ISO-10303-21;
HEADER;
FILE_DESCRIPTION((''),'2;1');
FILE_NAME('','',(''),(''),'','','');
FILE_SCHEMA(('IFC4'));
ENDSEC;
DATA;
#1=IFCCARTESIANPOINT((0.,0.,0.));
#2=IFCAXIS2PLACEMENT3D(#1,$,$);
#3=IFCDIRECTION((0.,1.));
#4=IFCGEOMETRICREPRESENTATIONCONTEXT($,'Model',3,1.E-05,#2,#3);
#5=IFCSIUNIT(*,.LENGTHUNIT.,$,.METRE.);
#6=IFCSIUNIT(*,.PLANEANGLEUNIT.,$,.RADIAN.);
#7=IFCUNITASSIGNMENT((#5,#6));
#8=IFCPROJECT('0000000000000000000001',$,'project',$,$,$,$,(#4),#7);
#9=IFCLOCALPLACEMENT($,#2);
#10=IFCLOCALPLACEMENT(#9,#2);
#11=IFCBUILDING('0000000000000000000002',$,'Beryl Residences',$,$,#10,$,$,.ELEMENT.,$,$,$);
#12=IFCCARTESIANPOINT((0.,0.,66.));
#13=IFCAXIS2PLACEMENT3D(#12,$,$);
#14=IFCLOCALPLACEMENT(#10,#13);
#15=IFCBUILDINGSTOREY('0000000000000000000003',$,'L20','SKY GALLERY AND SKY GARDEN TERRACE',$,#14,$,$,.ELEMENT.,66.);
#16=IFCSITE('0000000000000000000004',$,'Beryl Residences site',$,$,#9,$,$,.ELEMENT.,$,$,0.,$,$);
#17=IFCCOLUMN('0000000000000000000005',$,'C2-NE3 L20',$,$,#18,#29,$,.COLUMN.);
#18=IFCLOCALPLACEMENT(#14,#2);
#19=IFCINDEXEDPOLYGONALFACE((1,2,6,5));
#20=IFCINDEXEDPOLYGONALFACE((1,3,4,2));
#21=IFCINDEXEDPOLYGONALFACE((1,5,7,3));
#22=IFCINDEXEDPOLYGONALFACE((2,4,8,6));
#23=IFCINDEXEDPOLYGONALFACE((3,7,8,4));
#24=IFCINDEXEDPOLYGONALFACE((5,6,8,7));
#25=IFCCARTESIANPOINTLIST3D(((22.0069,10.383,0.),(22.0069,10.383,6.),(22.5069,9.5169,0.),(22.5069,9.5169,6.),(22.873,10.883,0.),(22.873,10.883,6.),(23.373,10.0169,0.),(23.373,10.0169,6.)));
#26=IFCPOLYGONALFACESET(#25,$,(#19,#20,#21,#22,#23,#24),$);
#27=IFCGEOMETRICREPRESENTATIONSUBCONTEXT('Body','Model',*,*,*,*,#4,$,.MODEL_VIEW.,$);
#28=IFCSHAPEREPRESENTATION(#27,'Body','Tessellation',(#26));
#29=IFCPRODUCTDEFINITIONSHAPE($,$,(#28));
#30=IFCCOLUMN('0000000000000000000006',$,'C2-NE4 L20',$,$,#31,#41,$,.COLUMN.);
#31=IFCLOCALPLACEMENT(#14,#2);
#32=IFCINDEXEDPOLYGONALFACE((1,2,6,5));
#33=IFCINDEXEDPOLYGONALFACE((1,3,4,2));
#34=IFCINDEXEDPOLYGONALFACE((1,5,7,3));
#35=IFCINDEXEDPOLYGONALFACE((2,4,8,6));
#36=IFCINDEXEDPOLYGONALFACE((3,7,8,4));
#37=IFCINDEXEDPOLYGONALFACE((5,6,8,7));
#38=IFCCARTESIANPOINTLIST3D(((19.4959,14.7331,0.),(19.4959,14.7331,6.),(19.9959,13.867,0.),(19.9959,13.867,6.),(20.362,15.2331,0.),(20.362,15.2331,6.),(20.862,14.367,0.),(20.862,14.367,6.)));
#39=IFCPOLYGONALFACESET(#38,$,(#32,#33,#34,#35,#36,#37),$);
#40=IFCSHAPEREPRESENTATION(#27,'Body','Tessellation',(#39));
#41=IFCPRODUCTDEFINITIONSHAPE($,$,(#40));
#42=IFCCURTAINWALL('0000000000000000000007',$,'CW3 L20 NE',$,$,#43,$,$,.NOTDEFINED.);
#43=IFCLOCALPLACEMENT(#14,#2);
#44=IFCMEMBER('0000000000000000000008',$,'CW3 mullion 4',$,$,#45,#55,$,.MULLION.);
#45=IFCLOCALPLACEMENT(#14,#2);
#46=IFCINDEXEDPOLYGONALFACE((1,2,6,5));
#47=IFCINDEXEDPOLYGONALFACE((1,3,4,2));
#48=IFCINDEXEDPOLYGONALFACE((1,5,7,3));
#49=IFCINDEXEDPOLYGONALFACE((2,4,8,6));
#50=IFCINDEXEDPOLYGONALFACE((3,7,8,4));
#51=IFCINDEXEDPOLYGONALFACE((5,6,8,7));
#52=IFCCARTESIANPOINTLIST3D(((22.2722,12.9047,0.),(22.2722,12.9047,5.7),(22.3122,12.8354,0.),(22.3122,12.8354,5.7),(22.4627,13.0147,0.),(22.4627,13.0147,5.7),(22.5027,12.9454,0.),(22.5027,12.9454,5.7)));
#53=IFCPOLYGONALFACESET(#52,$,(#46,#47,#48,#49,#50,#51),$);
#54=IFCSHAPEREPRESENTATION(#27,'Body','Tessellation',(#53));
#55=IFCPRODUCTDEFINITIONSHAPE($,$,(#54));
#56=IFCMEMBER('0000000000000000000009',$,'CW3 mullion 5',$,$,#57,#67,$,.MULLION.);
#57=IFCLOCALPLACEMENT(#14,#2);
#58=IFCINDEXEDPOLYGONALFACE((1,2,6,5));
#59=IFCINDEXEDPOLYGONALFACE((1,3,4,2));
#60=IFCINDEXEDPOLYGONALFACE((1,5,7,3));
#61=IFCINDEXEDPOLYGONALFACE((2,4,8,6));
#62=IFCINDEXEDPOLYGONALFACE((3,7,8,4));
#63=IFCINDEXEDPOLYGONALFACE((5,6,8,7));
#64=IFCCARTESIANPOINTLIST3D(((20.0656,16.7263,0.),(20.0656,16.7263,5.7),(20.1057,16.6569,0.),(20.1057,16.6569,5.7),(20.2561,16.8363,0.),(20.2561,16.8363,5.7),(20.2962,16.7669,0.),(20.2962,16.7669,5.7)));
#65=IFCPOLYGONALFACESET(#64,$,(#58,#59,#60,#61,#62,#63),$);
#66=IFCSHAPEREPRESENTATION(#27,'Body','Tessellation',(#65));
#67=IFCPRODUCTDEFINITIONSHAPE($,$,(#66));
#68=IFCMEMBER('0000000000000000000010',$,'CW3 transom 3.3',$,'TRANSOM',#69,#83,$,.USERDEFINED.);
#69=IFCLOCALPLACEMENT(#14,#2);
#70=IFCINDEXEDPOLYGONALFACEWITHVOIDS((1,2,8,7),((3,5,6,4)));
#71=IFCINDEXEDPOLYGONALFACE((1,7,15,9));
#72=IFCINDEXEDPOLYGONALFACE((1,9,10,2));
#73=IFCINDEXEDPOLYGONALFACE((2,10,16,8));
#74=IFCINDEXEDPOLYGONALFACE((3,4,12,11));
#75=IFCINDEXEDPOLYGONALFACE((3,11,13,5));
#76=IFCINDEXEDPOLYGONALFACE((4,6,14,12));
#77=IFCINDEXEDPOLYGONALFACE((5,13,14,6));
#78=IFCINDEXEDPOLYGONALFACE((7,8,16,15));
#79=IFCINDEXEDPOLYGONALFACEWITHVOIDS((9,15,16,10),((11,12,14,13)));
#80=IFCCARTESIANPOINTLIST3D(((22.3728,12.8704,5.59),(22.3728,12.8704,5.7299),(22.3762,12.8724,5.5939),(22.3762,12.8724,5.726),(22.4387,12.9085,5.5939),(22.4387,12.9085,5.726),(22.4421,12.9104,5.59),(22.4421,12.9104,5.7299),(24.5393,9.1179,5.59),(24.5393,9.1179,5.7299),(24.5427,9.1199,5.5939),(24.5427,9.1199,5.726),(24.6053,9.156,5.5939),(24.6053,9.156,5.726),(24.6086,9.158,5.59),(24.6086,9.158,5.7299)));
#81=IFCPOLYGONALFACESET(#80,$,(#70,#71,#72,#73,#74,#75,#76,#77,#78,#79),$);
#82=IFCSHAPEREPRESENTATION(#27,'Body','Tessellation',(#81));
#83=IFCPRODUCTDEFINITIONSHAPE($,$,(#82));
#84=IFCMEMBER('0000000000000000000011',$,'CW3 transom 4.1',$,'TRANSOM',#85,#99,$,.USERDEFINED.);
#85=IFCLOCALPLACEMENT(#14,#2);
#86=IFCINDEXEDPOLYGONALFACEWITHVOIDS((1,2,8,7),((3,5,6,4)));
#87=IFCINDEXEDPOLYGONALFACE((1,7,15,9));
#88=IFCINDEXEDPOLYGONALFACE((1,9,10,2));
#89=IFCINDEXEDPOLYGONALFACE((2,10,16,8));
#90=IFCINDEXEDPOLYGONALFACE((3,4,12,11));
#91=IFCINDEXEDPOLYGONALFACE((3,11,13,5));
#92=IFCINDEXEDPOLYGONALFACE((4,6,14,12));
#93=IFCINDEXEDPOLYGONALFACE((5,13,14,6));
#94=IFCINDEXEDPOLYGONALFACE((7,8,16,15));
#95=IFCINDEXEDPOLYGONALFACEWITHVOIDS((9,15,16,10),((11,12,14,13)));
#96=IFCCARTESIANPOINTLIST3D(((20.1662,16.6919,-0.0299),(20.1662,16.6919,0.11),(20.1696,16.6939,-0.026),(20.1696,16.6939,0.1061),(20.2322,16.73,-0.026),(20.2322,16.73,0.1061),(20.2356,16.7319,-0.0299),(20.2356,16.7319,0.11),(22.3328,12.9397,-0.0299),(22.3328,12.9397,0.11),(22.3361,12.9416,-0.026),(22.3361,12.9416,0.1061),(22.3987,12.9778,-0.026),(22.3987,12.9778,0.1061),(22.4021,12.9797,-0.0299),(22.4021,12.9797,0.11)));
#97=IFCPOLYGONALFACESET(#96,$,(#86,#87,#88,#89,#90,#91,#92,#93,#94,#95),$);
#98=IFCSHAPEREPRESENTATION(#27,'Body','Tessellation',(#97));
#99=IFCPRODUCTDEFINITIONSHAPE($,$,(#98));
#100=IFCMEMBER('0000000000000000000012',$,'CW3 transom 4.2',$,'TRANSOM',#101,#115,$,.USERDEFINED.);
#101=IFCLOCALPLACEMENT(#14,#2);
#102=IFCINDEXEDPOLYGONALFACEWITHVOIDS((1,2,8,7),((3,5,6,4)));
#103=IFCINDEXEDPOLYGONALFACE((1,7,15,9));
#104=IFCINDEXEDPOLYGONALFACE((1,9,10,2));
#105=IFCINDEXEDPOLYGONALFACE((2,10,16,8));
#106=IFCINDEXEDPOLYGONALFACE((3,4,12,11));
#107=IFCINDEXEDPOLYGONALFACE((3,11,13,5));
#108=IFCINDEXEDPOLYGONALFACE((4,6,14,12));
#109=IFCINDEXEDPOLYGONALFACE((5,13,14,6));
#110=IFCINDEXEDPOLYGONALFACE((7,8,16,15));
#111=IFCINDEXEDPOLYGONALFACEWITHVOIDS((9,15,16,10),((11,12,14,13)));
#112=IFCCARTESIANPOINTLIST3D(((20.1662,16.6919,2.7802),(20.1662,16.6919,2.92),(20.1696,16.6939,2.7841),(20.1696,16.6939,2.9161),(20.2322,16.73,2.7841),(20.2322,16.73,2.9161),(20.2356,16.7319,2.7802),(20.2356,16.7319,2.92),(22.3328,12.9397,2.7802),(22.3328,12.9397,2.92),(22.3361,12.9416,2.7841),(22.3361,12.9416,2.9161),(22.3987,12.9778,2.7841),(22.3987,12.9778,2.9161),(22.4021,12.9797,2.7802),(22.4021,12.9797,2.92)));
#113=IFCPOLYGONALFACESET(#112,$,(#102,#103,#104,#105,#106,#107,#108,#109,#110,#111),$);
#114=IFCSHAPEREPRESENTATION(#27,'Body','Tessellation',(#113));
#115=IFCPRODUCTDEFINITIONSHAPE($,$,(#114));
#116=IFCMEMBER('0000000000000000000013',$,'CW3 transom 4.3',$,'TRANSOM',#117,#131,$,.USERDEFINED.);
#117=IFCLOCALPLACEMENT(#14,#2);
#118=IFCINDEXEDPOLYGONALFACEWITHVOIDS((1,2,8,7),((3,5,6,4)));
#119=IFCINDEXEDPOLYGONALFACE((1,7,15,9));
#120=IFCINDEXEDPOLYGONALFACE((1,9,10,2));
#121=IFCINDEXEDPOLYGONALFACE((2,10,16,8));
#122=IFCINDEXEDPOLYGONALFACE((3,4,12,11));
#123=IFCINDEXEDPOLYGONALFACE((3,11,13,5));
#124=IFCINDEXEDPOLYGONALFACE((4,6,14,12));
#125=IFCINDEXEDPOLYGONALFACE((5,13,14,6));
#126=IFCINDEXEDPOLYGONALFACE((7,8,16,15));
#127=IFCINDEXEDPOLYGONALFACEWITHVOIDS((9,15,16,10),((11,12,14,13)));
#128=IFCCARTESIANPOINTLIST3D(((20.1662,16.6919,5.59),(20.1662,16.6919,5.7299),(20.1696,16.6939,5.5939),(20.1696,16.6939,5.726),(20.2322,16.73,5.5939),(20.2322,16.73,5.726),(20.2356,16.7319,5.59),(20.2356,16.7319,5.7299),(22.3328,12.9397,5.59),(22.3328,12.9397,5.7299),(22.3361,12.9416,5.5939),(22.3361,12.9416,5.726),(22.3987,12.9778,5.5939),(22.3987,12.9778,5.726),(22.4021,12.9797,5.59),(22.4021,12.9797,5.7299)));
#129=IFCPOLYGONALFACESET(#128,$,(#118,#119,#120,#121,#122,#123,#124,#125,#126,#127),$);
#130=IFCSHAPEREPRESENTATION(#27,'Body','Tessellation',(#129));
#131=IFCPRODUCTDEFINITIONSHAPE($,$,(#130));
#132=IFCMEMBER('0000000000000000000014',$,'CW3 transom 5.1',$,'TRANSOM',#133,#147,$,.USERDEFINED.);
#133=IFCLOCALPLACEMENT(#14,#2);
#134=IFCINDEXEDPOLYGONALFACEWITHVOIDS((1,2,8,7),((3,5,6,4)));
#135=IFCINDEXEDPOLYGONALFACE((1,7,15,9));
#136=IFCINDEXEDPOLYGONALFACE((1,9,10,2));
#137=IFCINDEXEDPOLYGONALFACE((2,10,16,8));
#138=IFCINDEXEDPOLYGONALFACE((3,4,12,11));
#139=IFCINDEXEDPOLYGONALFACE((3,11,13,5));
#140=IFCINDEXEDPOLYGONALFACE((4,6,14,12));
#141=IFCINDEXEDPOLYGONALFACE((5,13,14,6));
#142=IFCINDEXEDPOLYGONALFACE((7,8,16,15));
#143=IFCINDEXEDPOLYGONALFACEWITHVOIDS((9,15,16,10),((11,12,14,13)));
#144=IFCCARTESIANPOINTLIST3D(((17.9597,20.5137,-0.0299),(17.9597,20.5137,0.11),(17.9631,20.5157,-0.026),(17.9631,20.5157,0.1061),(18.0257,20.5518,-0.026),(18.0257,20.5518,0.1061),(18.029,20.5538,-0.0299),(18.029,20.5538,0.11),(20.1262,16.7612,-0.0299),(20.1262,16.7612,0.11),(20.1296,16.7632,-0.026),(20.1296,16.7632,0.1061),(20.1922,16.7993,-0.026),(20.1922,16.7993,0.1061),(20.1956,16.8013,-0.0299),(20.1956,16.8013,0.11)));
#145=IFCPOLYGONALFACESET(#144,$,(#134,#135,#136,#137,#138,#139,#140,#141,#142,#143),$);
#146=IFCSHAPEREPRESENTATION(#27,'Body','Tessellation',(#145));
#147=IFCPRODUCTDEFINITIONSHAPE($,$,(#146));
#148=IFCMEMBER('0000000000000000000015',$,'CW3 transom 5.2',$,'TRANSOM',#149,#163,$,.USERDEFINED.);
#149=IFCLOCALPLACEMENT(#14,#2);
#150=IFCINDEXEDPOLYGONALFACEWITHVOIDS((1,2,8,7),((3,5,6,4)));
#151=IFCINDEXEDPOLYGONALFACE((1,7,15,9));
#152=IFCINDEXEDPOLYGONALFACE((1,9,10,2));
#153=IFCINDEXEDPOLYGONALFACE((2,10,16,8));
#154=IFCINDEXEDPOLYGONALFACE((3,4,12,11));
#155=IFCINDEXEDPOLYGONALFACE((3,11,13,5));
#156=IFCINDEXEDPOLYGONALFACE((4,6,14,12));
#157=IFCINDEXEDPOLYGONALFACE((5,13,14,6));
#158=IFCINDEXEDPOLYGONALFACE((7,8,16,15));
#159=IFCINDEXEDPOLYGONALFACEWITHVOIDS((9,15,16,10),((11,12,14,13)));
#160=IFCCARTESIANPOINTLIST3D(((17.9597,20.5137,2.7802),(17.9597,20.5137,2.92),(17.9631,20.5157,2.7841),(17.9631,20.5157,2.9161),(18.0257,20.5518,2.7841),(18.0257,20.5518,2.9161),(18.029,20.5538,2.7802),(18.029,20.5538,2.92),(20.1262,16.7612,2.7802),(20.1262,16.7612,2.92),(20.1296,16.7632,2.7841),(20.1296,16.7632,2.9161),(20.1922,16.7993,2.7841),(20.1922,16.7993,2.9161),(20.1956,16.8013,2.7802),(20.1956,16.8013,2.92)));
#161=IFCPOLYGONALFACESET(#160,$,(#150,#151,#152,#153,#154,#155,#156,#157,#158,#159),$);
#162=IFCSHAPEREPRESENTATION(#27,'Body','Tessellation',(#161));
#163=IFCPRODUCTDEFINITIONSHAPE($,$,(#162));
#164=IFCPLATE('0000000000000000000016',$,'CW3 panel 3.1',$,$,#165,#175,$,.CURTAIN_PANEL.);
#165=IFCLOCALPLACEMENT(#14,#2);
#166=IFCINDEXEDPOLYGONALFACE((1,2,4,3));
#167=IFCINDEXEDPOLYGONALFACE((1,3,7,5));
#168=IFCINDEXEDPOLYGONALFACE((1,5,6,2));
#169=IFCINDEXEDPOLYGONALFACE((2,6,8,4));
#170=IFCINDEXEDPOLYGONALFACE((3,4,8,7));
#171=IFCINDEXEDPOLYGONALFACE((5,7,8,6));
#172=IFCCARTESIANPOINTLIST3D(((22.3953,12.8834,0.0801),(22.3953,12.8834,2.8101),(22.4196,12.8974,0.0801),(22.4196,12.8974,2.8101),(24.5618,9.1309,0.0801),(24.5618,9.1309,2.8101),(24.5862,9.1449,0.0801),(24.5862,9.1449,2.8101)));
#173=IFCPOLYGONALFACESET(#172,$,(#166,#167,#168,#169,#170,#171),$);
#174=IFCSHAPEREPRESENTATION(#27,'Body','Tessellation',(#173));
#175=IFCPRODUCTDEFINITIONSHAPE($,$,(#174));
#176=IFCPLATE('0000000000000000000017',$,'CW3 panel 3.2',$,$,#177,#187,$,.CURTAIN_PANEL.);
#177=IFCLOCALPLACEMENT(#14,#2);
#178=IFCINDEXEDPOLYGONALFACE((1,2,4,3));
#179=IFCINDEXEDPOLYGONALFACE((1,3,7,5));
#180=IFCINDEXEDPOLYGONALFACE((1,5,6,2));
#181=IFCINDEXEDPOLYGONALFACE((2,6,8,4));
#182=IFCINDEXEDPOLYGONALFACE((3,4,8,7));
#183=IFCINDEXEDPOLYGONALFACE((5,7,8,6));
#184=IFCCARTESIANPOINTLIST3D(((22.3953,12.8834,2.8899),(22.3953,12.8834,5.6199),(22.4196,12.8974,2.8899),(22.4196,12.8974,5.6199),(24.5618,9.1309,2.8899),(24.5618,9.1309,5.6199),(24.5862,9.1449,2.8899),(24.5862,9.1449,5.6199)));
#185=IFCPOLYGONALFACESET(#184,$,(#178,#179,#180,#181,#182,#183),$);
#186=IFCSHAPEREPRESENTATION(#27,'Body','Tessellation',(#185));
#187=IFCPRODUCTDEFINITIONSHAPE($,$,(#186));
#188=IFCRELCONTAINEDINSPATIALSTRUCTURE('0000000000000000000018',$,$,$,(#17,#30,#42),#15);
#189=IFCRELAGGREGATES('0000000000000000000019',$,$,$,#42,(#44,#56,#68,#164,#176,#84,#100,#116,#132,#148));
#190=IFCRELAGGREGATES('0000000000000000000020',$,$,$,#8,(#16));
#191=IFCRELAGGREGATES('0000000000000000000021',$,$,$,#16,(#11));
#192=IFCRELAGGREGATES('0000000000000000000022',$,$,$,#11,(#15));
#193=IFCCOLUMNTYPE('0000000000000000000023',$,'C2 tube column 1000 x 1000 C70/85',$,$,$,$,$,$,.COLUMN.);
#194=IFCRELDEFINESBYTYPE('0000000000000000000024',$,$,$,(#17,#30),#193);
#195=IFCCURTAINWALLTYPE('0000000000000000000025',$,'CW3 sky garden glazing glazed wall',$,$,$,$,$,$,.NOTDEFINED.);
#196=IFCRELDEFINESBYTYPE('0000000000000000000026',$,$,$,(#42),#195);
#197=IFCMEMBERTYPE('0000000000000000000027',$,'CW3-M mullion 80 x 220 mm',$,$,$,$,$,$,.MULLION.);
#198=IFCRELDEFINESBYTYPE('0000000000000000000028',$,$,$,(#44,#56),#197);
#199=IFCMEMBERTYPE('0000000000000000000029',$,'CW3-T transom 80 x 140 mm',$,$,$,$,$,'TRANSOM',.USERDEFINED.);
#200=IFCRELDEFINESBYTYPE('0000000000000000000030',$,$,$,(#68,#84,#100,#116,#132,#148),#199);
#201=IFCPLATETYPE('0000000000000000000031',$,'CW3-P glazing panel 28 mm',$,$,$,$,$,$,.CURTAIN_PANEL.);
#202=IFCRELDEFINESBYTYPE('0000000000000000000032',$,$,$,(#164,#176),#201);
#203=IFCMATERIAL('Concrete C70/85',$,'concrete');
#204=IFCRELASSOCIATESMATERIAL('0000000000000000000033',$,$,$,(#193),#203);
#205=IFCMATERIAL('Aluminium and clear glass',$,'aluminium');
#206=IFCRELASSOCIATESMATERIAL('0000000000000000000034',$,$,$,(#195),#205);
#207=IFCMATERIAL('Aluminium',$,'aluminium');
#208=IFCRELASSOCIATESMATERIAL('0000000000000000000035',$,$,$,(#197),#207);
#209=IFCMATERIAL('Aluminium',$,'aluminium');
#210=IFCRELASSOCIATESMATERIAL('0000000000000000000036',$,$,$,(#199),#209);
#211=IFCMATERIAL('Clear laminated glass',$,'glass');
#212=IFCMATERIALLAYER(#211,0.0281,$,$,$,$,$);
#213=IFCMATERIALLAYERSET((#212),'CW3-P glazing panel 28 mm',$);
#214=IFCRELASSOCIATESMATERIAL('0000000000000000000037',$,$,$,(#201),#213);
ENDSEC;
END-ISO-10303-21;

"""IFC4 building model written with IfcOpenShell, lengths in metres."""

from ifc_helpers import new_model, si_unit, direction, frame, origin, origin_2d, place, context, subcontext, project, spatial, rectangle, hollow_rectangle, extrude, material, layer, layer_set, material_profile, profile_set, type_object, element, aggregate, save


model = new_model("IFC4")

# Units and contexts
model_context = context("Model", 3, precision=1e-05, world=origin(), true_north=direction((0.0, 1.0)))
body_context = subcontext(model_context, "Body", "Model", "MODEL_VIEW")
ifc_project = project(units=[si_unit("LENGTHUNIT", "METRE"), si_unit("PLANEANGLEUNIT", "RADIAN")], contexts=[model_context])

# Site, building, storey
site_placement = place(None, origin())
site = spatial("IfcSite", under=ifc_project, at=site_placement, Name="Beryl Residences site", CompositionType="ELEMENT", RefElevation=0.0)
building_placement = place(site_placement, origin())
building = spatial("IfcBuilding", under=site, at=building_placement, Name="Beryl Residences", CompositionType="ELEMENT")
storey_placement = place(building_placement, frame((0.0, 0.0, 66.0)))
storey = spatial("IfcBuildingStorey", under=building, at=storey_placement, Name="L20", Description="SKY GALLERY AND SKY GARDEN TERRACE", CompositionType="ELEMENT", Elevation=66.0)

# Columns
ifc_material_1 = material(Name="Concrete C70/85", Category="concrete")
ifc_material_profile_1 = material_profile(ifc_material_1, rectangle(XDim=1.0, YDim=1.0, at=origin_2d()))
ifc_profile_set_1 = profile_set([ifc_material_profile_1], Name="Concrete C70/85")
column_type = type_object("IfcColumnType", Name="C2 tube column 1000 x 1000 C70/85", PredefinedType="COLUMN", material=ifc_profile_set_1)
for number, where, z_axis, x_axis, name in (
    (1, (22.6899, 10.2, 0.0), (0.0, 0.0, 1.0), (-0.5, 0.866025, 0.0), "C2-NE3 L20"),
    (2, (20.179, 14.55, 0.0), (0.0, 0.0, 1.0), (-0.5, 0.866025, 0.0), "C2-NE4 L20"),
):
    element("IfcColumn", number, at=place(storey_placement, frame(where, z_axis=z_axis, x_axis=x_axis)), inside=storey, type_object=column_type, Name=name, PredefinedType="COLUMN", context=body_context, shape_type="SweptSolid", body=[
        extrude(rectangle(XDim=1.0, YDim=1.0, at=origin_2d()), origin(), (0.0, 0.0, 1.0), 6.0),
    ])

# Curtain wall, members, plates
ifc_material_2 = material(Name="Aluminium and clear glass", Category="aluminium")
curtain_wall_type = type_object("IfcCurtainWallType", Name="CW3 sky garden glazing glazed wall", PredefinedType="NOTDEFINED", material=ifc_material_2)
curtain_wall_placement = place(storey_placement, origin())
curtain_wall = element("IfcCurtainWall", 3, at=curtain_wall_placement, inside=storey, type_object=curtain_wall_type, Name="CW3 L20 NE", PredefinedType="NOTDEFINED")
ifc_material_3 = material(Name="Aluminium", Category="aluminium")
ifc_material_profile_2 = material_profile(ifc_material_3, rectangle(XDim=0.0801, YDim=0.22, at=origin_2d()))
ifc_profile_set_2 = profile_set([ifc_material_profile_2], Name="Aluminium")
member_type_1 = type_object("IfcMemberType", Name="CW3-M mullion 80 x 220 mm", PredefinedType="MULLION", material=ifc_profile_set_2)
member_1_placement = place(storey_placement, frame((22.3875, 12.925, 0.0), z_axis=(0.0, 0.0, 1.0), x_axis=(-0.50001, 0.86602, 0.0)))
member_1 = element("IfcMember", 4, at=member_1_placement, type_object=member_type_1, Name="CW3 mullion 4", PredefinedType="MULLION", context=body_context, shape_type="SweptSolid", body=[
    extrude(rectangle(XDim=0.0801, YDim=0.22, at=origin_2d()), origin(), (0.0, 0.0, 1.0), 5.7),
])
member_2_placement = place(storey_placement, frame((20.1809, 16.7466, 0.0), z_axis=(0.0, 0.0, 1.0), x_axis=(-0.50001, 0.86602, 0.0)))
member_2 = element("IfcMember", 5, at=member_2_placement, type_object=member_type_1, Name="CW3 mullion 5", PredefinedType="MULLION", context=body_context, shape_type="SweptSolid", body=[
    extrude(rectangle(XDim=0.0801, YDim=0.22, at=origin_2d()), origin(), (0.0, 0.0, 1.0), 5.7),
])
ifc_material_4 = material(Name="Aluminium", Category="aluminium")
ifc_material_profile_3 = material_profile(ifc_material_4, hollow_rectangle(XDim=0.0801, YDim=0.1399, WallThickness=0.0039, at=origin_2d()))
ifc_profile_set_3 = profile_set([ifc_material_profile_3], Name="Aluminium")
member_type_2 = type_object("IfcMemberType", Name="CW3-T transom 80 x 140 mm", ElementType="TRANSOM", PredefinedType="USERDEFINED", material=ifc_profile_set_3)
member_3_placement = place(storey_placement, frame((24.574, 9.1379, 5.6599), z_axis=(-0.500005, 0.866022, 0.0), x_axis=(-0.866022, -0.500005, 0.0)))
member_3 = element("IfcMember", 6, at=member_3_placement, type_object=member_type_2, Name="CW3 transom 3.3", ObjectType="TRANSOM", PredefinedType="USERDEFINED", context=body_context, shape_type="SweptSolid", body=[
    extrude(hollow_rectangle(XDim=0.0801, YDim=0.1399, WallThickness=0.0039, at=origin_2d()), origin(), (0.0, 0.0, 1.0), 4.333),
])
member_4_placement = place(storey_placement, frame((22.3674, 12.9597, 0.04), z_axis=(-0.50003, 0.866008, 0.0), x_axis=(-0.866008, -0.50003, 0.0)))
member_4 = element("IfcMember", 7, at=member_4_placement, type_object=member_type_2, Name="CW3 transom 4.1", ObjectType="TRANSOM", PredefinedType="USERDEFINED", context=body_context, shape_type="SweptSolid", body=[
    extrude(hollow_rectangle(XDim=0.0801, YDim=0.1399, WallThickness=0.0039, at=origin_2d()), origin(), (0.0, 0.0, 1.0), 4.3328),
])
member_5_placement = place(storey_placement, frame((22.3674, 12.9597, 2.8501), z_axis=(-0.50003, 0.866008, 0.0), x_axis=(-0.866008, -0.50003, 0.0)))
member_5 = element("IfcMember", 8, at=member_5_placement, type_object=member_type_2, Name="CW3 transom 4.2", ObjectType="TRANSOM", PredefinedType="USERDEFINED", context=body_context, shape_type="SweptSolid", body=[
    extrude(hollow_rectangle(XDim=0.0801, YDim=0.1399, WallThickness=0.0039, at=origin_2d()), origin(), (0.0, 0.0, 1.0), 4.3328),
])
member_6_placement = place(storey_placement, frame((22.3674, 12.9597, 5.6599), z_axis=(-0.50003, 0.866008, 0.0), x_axis=(-0.866008, -0.50003, 0.0)))
member_6 = element("IfcMember", 9, at=member_6_placement, type_object=member_type_2, Name="CW3 transom 4.3", ObjectType="TRANSOM", PredefinedType="USERDEFINED", context=body_context, shape_type="SweptSolid", body=[
    extrude(hollow_rectangle(XDim=0.0801, YDim=0.1399, WallThickness=0.0039, at=origin_2d()), origin(), (0.0, 0.0, 1.0), 4.3328),
])
member_7_placement = place(storey_placement, frame((20.1609, 16.7812, 0.04), z_axis=(-0.500005, 0.866022, 0.0), x_axis=(-0.866022, -0.500005, 0.0)))
member_7 = element("IfcMember", 10, at=member_7_placement, type_object=member_type_2, Name="CW3 transom 5.1", ObjectType="TRANSOM", PredefinedType="USERDEFINED", context=body_context, shape_type="SweptSolid", body=[
    extrude(hollow_rectangle(XDim=0.0801, YDim=0.1399, WallThickness=0.0039, at=origin_2d()), origin(), (0.0, 0.0, 1.0), 4.333),
])
member_8_placement = place(storey_placement, frame((20.1609, 16.7812, 2.8501), z_axis=(-0.500005, 0.866022, 0.0), x_axis=(-0.866022, -0.500005, 0.0)))
member_8 = element("IfcMember", 11, at=member_8_placement, type_object=member_type_2, Name="CW3 transom 5.2", ObjectType="TRANSOM", PredefinedType="USERDEFINED", context=body_context, shape_type="SweptSolid", body=[
    extrude(hollow_rectangle(XDim=0.0801, YDim=0.1399, WallThickness=0.0039, at=origin_2d()), origin(), (0.0, 0.0, 1.0), 4.333),
])
ifc_material_5 = material(Name="Clear laminated glass", Category="glass")
ifc_layer = layer(ifc_material_5, 0.0281)
ifc_layer_set = layer_set([ifc_layer], Name="CW3-P glazing panel 28 mm")
plate_type = type_object("IfcPlateType", Name="CW3-P glazing panel 28 mm", PredefinedType="CURTAIN_PANEL", material=ifc_layer_set)
plate_1_placement = place(storey_placement, frame((23.4907, 11.0142, 0.0801), z_axis=(0.0, 0.0, 1.0), x_axis=(-0.50001, 0.86602, 0.0)))
plate_1 = element("IfcPlate", 12, at=plate_1_placement, type_object=plate_type, Name="CW3 panel 3.1", PredefinedType="CURTAIN_PANEL", context=body_context, shape_type="SweptSolid", body=[
    extrude(rectangle(XDim=4.333, YDim=0.0281, at=origin_2d()), origin(), (0.0, 0.0, 1.0), 2.73),
])
plate_2_placement = place(storey_placement, frame((23.4907, 11.0142, 2.8899), z_axis=(0.0, 0.0, 1.0), x_axis=(-0.50001, 0.86602, 0.0)))
plate_2 = element("IfcPlate", 13, at=plate_2_placement, type_object=plate_type, Name="CW3 panel 3.2", PredefinedType="CURTAIN_PANEL", context=body_context, shape_type="SweptSolid", body=[
    extrude(rectangle(XDim=4.333, YDim=0.0281, at=origin_2d()), origin(), (0.0, 0.0, 1.0), 2.73),
])
aggregate(curtain_wall, [member_1, member_2, member_3, plate_1, plate_2, member_4, member_5, member_6, member_7, member_8])

save(model, "model.ifc")
